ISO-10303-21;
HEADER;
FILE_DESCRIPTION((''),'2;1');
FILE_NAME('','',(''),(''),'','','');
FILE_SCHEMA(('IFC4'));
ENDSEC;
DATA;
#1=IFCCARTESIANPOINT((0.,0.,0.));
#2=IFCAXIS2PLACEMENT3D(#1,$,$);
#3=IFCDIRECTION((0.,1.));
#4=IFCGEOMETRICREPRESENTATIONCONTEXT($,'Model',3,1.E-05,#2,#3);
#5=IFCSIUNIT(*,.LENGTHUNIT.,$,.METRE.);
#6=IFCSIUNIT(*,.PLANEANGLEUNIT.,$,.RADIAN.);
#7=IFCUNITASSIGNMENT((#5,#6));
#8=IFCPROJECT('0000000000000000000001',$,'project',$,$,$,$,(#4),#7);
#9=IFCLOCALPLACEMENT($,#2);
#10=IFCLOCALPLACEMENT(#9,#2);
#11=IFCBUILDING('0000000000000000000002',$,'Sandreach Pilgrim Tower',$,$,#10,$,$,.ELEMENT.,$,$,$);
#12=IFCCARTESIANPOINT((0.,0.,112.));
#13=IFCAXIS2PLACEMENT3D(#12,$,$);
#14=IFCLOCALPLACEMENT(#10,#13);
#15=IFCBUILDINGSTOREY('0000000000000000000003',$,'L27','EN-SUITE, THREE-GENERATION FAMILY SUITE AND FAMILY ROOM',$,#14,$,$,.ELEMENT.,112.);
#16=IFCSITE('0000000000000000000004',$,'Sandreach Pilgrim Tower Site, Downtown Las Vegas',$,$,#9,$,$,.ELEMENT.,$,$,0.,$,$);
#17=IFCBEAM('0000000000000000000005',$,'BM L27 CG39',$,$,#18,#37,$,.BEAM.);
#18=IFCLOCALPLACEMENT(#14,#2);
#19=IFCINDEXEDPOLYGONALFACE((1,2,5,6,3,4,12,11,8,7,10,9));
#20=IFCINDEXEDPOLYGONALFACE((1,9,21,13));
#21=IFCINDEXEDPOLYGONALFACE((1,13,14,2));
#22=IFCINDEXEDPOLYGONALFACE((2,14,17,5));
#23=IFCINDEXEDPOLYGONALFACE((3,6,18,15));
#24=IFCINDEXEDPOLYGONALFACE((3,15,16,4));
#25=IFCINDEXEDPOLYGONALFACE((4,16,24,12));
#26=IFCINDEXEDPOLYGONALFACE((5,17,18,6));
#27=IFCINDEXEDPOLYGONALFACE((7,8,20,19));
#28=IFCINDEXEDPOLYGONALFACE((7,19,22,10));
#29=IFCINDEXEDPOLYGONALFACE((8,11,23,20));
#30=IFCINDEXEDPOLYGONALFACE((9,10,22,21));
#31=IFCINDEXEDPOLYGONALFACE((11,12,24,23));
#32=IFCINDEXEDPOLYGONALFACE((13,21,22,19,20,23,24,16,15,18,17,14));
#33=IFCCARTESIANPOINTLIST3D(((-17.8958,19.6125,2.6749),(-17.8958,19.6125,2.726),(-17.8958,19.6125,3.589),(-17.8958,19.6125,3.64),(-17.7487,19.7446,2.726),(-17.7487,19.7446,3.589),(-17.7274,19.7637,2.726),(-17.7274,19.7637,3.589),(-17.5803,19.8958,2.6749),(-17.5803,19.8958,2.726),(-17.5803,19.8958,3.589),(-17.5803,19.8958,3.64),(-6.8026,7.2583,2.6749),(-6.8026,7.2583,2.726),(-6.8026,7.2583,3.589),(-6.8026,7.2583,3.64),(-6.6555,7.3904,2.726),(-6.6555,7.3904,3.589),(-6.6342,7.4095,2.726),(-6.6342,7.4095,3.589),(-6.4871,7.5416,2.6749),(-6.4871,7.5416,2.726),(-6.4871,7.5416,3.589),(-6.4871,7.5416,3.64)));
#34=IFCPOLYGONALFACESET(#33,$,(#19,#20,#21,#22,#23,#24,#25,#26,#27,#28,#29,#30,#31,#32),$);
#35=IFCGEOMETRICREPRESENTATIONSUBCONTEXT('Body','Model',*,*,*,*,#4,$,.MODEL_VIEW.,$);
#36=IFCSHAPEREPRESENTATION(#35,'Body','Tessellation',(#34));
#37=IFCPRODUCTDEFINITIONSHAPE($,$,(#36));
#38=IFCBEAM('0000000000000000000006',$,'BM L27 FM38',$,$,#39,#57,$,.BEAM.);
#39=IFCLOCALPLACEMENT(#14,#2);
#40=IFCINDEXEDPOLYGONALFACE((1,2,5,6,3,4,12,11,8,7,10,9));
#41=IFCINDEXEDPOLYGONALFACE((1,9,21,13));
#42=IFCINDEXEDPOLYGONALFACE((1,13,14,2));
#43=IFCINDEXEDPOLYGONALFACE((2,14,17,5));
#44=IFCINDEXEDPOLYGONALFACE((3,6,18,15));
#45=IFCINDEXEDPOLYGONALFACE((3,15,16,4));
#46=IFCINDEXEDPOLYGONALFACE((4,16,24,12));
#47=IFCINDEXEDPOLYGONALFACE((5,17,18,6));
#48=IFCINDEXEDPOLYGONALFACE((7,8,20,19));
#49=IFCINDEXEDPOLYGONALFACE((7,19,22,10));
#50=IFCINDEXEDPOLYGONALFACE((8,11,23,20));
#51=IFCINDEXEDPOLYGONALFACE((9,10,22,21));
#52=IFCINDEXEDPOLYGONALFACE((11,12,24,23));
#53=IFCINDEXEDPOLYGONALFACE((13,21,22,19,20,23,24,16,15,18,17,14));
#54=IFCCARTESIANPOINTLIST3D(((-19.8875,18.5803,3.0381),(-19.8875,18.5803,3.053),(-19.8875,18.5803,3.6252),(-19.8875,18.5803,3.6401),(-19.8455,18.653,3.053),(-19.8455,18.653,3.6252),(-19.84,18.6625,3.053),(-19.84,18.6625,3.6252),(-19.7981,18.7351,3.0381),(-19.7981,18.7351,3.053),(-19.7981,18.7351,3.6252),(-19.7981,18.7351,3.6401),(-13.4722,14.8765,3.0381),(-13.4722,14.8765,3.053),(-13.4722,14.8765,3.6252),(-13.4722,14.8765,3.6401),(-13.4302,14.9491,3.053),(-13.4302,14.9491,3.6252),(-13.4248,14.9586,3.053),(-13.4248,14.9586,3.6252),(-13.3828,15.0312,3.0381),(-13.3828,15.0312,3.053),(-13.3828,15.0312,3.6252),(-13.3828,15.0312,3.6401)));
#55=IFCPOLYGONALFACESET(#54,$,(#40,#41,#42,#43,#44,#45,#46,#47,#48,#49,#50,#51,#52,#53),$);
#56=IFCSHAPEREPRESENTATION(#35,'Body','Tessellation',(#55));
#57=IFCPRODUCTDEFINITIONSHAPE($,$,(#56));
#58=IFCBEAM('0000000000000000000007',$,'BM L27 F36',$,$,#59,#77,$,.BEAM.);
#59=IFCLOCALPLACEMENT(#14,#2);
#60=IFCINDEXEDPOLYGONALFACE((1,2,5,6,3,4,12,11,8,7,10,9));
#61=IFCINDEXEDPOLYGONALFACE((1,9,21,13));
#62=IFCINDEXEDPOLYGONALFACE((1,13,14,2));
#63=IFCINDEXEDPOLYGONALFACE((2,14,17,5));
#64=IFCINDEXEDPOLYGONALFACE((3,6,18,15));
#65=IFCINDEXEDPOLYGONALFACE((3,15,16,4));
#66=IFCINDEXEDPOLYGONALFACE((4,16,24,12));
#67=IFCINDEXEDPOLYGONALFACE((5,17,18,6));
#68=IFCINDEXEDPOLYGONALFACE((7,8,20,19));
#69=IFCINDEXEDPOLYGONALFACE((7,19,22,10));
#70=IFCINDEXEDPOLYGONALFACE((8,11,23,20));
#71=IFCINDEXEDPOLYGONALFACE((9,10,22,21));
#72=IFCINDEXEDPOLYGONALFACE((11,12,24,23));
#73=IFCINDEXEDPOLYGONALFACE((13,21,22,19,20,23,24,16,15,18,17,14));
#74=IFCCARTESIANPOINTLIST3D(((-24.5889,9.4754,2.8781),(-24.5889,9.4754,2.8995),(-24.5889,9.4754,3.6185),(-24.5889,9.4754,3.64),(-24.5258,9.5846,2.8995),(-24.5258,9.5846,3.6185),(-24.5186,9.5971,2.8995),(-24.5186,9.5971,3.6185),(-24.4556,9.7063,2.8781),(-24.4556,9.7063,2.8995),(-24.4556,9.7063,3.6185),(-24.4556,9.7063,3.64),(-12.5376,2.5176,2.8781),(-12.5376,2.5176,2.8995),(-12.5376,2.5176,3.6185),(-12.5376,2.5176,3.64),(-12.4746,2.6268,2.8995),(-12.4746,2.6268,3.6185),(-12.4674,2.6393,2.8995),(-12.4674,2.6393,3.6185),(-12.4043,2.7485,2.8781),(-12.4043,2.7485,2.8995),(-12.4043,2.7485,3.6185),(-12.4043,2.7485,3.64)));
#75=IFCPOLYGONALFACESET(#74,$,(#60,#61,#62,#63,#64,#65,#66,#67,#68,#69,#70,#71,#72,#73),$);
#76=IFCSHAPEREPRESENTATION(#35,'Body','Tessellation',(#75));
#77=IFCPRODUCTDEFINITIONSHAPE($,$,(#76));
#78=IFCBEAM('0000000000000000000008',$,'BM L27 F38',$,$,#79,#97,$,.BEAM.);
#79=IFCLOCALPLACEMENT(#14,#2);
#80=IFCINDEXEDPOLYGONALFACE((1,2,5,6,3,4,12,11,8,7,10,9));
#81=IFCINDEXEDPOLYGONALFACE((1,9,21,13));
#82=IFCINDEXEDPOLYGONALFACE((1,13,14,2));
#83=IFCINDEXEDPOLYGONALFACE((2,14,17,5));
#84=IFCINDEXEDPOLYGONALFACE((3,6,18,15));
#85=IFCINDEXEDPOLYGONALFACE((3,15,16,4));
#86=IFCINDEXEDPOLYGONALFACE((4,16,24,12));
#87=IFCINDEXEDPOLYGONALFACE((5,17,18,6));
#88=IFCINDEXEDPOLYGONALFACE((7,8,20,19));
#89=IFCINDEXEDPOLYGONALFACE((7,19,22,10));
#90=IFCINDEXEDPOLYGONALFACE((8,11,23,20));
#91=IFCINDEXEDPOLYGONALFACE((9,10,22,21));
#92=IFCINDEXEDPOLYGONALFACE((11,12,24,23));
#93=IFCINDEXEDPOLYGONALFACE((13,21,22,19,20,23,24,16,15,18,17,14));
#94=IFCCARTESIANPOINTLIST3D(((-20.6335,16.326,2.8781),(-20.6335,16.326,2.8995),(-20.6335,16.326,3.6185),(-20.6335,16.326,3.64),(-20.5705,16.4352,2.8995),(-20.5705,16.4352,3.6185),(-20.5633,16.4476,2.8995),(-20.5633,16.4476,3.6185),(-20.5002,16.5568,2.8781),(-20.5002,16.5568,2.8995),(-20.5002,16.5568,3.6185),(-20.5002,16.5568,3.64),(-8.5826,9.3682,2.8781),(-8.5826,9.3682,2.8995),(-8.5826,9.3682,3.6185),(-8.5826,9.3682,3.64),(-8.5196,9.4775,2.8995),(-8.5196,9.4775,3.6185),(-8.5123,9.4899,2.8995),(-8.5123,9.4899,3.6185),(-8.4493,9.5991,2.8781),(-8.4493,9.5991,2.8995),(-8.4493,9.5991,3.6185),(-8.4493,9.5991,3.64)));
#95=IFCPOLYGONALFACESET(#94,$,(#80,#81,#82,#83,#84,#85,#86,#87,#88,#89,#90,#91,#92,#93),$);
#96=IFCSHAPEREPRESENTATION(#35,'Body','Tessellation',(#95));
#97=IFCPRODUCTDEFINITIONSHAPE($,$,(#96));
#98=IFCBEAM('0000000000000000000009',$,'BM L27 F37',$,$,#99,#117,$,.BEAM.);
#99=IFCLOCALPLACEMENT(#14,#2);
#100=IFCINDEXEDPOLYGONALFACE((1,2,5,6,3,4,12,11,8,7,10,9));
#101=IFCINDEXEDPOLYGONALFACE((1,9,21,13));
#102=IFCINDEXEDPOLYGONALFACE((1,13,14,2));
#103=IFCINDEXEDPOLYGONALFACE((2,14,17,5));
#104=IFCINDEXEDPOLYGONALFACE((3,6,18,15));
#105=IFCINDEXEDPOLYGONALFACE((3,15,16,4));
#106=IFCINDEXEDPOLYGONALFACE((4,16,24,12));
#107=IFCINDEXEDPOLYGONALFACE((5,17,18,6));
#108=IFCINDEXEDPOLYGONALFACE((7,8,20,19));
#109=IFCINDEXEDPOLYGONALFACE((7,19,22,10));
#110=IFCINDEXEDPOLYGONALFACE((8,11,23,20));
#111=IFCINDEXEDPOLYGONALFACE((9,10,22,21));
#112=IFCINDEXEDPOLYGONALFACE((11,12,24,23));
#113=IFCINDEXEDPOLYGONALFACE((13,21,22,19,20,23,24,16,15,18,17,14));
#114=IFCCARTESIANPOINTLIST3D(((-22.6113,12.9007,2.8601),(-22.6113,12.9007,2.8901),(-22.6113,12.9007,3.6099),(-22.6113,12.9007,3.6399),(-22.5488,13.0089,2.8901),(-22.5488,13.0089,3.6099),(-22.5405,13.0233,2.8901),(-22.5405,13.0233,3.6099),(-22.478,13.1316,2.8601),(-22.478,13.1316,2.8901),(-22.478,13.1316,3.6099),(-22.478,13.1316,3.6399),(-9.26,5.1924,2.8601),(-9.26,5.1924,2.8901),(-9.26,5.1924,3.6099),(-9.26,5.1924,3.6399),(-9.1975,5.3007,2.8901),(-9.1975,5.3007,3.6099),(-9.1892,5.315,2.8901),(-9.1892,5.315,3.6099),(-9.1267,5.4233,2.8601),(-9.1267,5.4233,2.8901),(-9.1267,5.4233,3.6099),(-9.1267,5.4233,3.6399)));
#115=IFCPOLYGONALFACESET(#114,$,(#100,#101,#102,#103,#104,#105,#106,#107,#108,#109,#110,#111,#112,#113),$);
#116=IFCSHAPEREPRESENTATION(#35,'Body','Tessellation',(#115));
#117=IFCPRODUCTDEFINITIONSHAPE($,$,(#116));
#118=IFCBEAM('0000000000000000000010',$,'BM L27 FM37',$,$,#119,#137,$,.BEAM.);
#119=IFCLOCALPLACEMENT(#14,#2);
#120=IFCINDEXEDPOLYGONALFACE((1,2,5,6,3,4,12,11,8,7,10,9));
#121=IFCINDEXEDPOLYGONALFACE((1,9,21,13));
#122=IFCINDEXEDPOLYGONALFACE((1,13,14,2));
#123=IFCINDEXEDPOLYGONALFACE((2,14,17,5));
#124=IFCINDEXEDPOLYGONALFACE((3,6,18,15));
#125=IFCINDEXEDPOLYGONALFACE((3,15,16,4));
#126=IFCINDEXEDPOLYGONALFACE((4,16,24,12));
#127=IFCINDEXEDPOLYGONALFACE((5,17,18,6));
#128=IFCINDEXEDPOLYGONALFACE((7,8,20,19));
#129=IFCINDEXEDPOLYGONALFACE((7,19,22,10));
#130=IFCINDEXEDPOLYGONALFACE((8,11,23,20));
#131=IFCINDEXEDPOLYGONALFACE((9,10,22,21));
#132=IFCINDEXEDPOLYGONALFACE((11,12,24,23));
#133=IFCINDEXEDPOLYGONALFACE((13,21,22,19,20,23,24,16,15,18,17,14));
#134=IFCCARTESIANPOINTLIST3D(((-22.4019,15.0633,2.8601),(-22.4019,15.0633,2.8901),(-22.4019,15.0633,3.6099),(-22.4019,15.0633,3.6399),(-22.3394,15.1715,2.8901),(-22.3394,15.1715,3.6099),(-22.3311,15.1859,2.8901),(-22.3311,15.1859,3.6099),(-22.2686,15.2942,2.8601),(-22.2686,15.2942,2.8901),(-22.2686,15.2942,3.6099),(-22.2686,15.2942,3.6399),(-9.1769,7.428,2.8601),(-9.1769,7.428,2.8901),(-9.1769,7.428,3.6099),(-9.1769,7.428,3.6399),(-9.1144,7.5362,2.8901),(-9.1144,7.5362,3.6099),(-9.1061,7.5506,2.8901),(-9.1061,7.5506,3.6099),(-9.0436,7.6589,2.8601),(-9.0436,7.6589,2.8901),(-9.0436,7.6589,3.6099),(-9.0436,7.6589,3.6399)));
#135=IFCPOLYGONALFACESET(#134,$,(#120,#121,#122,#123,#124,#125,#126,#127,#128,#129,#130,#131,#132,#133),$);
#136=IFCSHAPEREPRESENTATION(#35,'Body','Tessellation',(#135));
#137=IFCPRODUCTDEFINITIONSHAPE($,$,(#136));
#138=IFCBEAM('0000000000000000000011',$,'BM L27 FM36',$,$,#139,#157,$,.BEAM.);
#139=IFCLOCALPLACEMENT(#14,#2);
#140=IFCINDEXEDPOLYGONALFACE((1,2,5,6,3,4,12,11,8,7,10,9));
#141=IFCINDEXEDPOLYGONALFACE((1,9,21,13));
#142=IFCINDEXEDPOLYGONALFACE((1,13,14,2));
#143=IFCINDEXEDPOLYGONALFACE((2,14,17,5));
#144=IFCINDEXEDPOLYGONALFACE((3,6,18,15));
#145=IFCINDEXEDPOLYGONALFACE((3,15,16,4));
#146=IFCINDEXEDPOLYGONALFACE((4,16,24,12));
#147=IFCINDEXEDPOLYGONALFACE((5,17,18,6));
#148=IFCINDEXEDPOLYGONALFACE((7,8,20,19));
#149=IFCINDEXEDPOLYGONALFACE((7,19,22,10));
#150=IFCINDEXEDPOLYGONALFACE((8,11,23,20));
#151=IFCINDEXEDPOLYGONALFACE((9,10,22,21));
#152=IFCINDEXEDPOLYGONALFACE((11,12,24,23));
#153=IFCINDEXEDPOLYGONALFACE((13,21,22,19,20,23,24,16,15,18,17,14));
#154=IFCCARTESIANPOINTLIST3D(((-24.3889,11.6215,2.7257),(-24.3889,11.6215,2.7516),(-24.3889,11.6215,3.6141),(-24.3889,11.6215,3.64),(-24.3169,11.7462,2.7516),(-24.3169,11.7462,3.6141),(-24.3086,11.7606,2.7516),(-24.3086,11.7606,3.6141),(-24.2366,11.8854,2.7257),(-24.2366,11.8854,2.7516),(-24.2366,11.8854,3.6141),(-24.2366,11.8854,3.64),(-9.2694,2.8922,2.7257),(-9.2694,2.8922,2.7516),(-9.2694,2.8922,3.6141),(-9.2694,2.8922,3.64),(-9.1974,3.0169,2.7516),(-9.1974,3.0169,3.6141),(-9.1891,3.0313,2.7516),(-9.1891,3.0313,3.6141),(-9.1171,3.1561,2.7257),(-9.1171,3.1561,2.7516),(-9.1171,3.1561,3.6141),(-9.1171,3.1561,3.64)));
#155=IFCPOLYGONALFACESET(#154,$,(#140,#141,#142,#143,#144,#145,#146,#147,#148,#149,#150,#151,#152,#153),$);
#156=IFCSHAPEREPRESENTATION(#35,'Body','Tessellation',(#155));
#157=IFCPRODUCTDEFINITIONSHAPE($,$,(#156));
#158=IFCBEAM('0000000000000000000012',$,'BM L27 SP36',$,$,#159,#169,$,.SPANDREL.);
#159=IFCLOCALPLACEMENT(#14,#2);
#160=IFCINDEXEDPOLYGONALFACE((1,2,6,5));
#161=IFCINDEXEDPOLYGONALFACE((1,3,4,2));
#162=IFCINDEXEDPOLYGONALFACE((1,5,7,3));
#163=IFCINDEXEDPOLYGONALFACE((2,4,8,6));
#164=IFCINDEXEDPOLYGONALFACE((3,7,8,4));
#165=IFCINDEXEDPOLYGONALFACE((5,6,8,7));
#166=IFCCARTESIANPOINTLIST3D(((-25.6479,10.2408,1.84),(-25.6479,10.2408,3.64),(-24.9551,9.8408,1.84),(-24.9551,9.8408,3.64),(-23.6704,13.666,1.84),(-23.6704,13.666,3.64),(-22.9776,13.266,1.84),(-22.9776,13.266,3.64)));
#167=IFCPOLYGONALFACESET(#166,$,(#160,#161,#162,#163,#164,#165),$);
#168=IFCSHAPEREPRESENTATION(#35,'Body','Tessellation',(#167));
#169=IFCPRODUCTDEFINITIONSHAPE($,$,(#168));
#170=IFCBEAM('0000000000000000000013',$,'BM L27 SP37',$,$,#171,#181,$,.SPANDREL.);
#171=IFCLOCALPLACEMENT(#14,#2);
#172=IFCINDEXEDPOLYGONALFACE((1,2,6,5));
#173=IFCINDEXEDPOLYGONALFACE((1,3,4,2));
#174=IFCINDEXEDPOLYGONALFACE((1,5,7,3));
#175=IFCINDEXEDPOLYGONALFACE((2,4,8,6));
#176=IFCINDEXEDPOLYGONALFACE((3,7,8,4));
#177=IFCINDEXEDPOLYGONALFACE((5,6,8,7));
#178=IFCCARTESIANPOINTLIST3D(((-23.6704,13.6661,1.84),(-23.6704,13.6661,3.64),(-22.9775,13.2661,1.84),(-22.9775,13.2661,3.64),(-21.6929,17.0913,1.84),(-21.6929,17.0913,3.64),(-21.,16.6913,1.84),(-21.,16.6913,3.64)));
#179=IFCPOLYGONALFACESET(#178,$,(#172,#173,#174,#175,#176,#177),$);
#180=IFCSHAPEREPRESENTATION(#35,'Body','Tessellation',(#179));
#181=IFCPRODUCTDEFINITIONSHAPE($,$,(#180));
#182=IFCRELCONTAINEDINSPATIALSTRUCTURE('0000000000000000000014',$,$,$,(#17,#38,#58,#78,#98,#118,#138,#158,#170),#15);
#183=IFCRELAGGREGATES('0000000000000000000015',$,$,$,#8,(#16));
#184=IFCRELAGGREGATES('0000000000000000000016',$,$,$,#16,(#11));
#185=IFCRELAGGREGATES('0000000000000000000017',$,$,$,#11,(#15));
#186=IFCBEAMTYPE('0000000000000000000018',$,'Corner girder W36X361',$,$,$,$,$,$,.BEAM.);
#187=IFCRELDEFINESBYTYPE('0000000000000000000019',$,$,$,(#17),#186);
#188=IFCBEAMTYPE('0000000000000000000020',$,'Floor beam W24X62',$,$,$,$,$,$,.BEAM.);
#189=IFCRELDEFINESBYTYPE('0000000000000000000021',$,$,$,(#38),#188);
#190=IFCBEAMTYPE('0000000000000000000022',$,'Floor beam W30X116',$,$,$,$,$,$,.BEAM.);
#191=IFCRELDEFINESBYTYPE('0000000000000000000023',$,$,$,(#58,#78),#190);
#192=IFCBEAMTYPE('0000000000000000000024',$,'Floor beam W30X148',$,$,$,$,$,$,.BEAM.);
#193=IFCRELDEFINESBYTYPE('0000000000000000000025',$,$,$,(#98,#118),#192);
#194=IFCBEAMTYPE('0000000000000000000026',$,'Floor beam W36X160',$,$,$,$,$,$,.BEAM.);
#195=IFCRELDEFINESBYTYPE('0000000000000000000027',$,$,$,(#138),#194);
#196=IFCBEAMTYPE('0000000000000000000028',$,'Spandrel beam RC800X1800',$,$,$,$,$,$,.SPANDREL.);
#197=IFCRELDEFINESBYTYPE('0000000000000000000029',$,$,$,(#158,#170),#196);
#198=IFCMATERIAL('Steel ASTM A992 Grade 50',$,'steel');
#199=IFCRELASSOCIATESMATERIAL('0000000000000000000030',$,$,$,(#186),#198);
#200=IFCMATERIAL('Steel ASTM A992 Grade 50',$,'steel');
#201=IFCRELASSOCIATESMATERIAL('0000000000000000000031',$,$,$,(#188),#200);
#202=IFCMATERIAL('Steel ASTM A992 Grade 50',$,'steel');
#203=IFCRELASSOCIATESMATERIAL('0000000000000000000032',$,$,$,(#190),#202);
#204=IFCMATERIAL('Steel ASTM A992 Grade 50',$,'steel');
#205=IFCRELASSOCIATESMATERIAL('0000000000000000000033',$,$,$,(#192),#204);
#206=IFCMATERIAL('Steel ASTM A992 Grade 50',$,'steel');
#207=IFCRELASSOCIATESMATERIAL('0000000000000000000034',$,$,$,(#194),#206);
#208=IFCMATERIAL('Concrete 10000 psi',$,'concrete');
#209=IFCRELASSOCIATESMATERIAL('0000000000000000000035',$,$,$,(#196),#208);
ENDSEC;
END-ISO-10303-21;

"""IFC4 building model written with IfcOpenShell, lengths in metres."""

from ifc_helpers import new_model, si_unit, direction, frame, origin, origin_2d, place, context, subcontext, project, spatial, rectangle, i_section, extrude, material, material_profile, profile_set, type_object, element, save


model = new_model("IFC4")

# Units and contexts
model_context = context("Model", 3, precision=1e-05, world=origin(), true_north=direction((0.0, 1.0)))
body_context = subcontext(model_context, "Body", "Model", "MODEL_VIEW")
ifc_project = project(units=[si_unit("LENGTHUNIT", "METRE"), si_unit("PLANEANGLEUNIT", "RADIAN")], contexts=[model_context])

# Site, building, storey
site_placement = place(None, origin())
site = spatial("IfcSite", under=ifc_project, at=site_placement, Name="Sandreach Pilgrim Tower Site, Downtown Las Vegas", CompositionType="ELEMENT", RefElevation=0.0)
building_placement = place(site_placement, origin())
building = spatial("IfcBuilding", under=site, at=building_placement, Name="Sandreach Pilgrim Tower", CompositionType="ELEMENT")
storey_placement = place(building_placement, frame((0.0, 0.0, 112.0)))
storey = spatial("IfcBuildingStorey", under=building, at=storey_placement, Name="L27", Description="EN-SUITE, THREE-GENERATION FAMILY SUITE AND FAMILY ROOM", CompositionType="ELEMENT", Elevation=112.0)

# Beams
ifc_material_1 = material(Name="Steel ASTM A992 Grade 50", Category="steel")
ifc_material_profile_1 = material_profile(ifc_material_1, i_section(OverallWidth=0.4241, OverallDepth=0.9651, WebThickness=0.0286, FlangeThickness=0.051, at=origin_2d()), Name="W36X361")
ifc_profile_set_1 = profile_set([ifc_material_profile_1], Name="Steel ASTM A992 Grade 50")
beam_type_1 = type_object("IfcBeamType", Name="Corner girder W36X361", PredefinedType="BEAM", material=ifc_profile_set_1)
beam_1_placement = place(storey_placement, frame((-17.738, 19.7542, 3.1575), z_axis=(0.668114, -0.744059, 0.0), x_axis=(0.744059, 0.668114, 0.0)))
element("IfcBeam", 1, at=beam_1_placement, inside=storey, type_object=beam_type_1, Name="BM L27 CG39", PredefinedType="BEAM", context=body_context, shape_type="SweptSolid", body=[
    extrude(i_section(OverallWidth=0.4241, OverallDepth=0.9651, WebThickness=0.0286, FlangeThickness=0.051, at=origin_2d()), origin(), (0.0, 0.0, 1.0), 16.6038),
])
ifc_material_2 = material(Name="Steel ASTM A992 Grade 50", Category="steel")
ifc_material_profile_2 = material_profile(ifc_material_2, i_section(OverallWidth=0.1787, OverallDepth=0.6021, WebThickness=0.011, FlangeThickness=0.0149, at=origin_2d()), Name="W24X62")
ifc_profile_set_2 = profile_set([ifc_material_profile_2], Name="Steel ASTM A992 Grade 50")
beam_type_2 = type_object("IfcBeamType", Name="Floor beam W24X62", PredefinedType="BEAM", material=ifc_profile_set_2)
beam_2_placement = place(storey_placement, frame((-19.8428, 18.6577, 3.3391), z_axis=(0.866026, -0.499999, 0.0), x_axis=(0.499999, 0.866026, 0.0)))
element("IfcBeam", 2, at=beam_2_placement, inside=storey, type_object=beam_type_2, Name="BM L27 FM38", PredefinedType="BEAM", context=body_context, shape_type="SweptSolid", body=[
    extrude(i_section(OverallWidth=0.1787, OverallDepth=0.6021, WebThickness=0.011, FlangeThickness=0.0149, at=origin_2d()), origin(), (0.0, 0.0, 1.0), 7.4077),
])
ifc_material_3 = material(Name="Steel ASTM A992 Grade 50", Category="steel")
ifc_material_profile_3 = material_profile(ifc_material_3, i_section(OverallWidth=0.2666, OverallDepth=0.762, WebThickness=0.0144, FlangeThickness=0.0215, at=origin_2d()), Name="W30X116")
ifc_profile_set_3 = profile_set([ifc_material_profile_3], Name="Steel ASTM A992 Grade 50")
beam_type_3 = type_object("IfcBeamType", Name="Floor beam W30X116", PredefinedType="BEAM", material=ifc_profile_set_3)
beam_3_placement = place(storey_placement, frame((-24.5222, 9.5908, 3.259), z_axis=(0.866027, -0.499998, 0.0), x_axis=(0.499998, 0.866027, 0.0)))
element("IfcBeam", 3, at=beam_3_placement, inside=storey, type_object=beam_type_3, Name="BM L27 F36", PredefinedType="BEAM", context=body_context, shape_type="SweptSolid", body=[
    extrude(i_section(OverallWidth=0.2666, OverallDepth=0.762, WebThickness=0.0144, FlangeThickness=0.0215, at=origin_2d()), origin(), (0.0, 0.0, 1.0), 13.9155),
])
beam_4_placement = place(storey_placement, frame((-20.5669, 16.4414, 3.259), z_axis=(0.866022, -0.500005, 0.0), x_axis=(0.500005, 0.866022, 0.0)))
element("IfcBeam", 4, at=beam_4_placement, inside=storey, type_object=beam_type_3, Name="BM L27 F38", PredefinedType="BEAM", context=body_context, shape_type="SweptSolid", body=[
    extrude(i_section(OverallWidth=0.2666, OverallDepth=0.762, WebThickness=0.0144, FlangeThickness=0.0215, at=origin_2d()), origin(), (0.0, 0.0, 1.0), 13.9153),
])
ifc_material_4 = material(Name="Steel ASTM A992 Grade 50", Category="steel")
ifc_material_profile_4 = material_profile(ifc_material_4, i_section(OverallWidth=0.2666, OverallDepth=0.7798, WebThickness=0.0166, FlangeThickness=0.03, at=origin_2d()), Name="W30X148")
ifc_profile_set_4 = profile_set([ifc_material_profile_4], Name="Steel ASTM A992 Grade 50")
beam_type_4 = type_object("IfcBeamType", Name="Floor beam W30X148", PredefinedType="BEAM", material=ifc_profile_set_4)
beam_5_placement = place(storey_placement, frame((-22.5447, 13.0161, 3.25), z_axis=(0.866029, -0.499993, 0.0), x_axis=(0.499993, 0.866029, 0.0)))
element("IfcBeam", 5, at=beam_5_placement, inside=storey, type_object=beam_type_4, Name="BM L27 F37", PredefinedType="BEAM", context=body_context, shape_type="SweptSolid", body=[
    extrude(i_section(OverallWidth=0.2666, OverallDepth=0.7798, WebThickness=0.0166, FlangeThickness=0.03, at=origin_2d()), origin(), (0.0, 0.0, 1.0), 15.4167),
])
beam_6_placement = place(storey_placement, frame((-22.3352, 15.1787, 3.25), z_axis=(0.866029, -0.499994, 0.0), x_axis=(0.499994, 0.866029, 0.0)))
element("IfcBeam", 6, at=beam_6_placement, inside=storey, type_object=beam_type_4, Name="BM L27 FM37", PredefinedType="BEAM", context=body_context, shape_type="SweptSolid", body=[
    extrude(i_section(OverallWidth=0.2666, OverallDepth=0.7798, WebThickness=0.0166, FlangeThickness=0.03, at=origin_2d()), origin(), (0.0, 0.0, 1.0), 15.2708),
])
ifc_material_5 = material(Name="Steel ASTM A992 Grade 50", Category="steel")
ifc_material_profile_5 = material_profile(ifc_material_5, i_section(OverallWidth=0.3047, OverallDepth=0.9143, WebThickness=0.0166, FlangeThickness=0.0259, at=origin_2d()), Name="W36X160")
ifc_profile_set_5 = profile_set([ifc_material_profile_5], Name="Steel ASTM A992 Grade 50")
beam_type_5 = type_object("IfcBeamType", Name="Floor beam W36X160", PredefinedType="BEAM", material=ifc_profile_set_5)
beam_7_placement = place(storey_placement, frame((-24.3127, 11.7534, 3.1829), z_axis=(0.866024, -0.500003, 0.0), x_axis=(0.500003, 0.866024, 0.0)))
element("IfcBeam", 7, at=beam_7_placement, inside=storey, type_object=beam_type_5, Name="BM L27 FM36", PredefinedType="BEAM", context=body_context, shape_type="SweptSolid", body=[
    extrude(i_section(OverallWidth=0.3047, OverallDepth=0.9143, WebThickness=0.0166, FlangeThickness=0.0259, at=origin_2d()), origin(), (0.0, 0.0, 1.0), 17.4585),
])
ifc_material_6 = material(Name="Concrete 10000 psi", Category="concrete")
ifc_material_profile_6 = material_profile(ifc_material_6, rectangle(XDim=0.8, YDim=1.8, at=origin_2d()), Name="RC800X1800")
ifc_profile_set_6 = profile_set([ifc_material_profile_6], Name="Concrete 10000 psi")
beam_type_6 = type_object("IfcBeamType", Name="Spandrel beam RC800X1800", PredefinedType="SPANDREL", material=ifc_profile_set_6)
for number, where, z_axis, x_axis, name in (
    (8, (-25.3015, 10.0408, 2.74), (0.49999, 0.866031, 0.0), (-0.866031, 0.49999, 0.0), "BM L27 SP36"),
    (9, (-23.324, 13.4661, 2.74), (0.49999, 0.866031, 0.0), (-0.866031, 0.49999, 0.0), "BM L27 SP37"),
):
    element("IfcBeam", number, at=place(storey_placement, frame(where, z_axis=z_axis, x_axis=x_axis)), inside=storey, type_object=beam_type_6, Name=name, PredefinedType="SPANDREL", context=body_context, shape_type="SweptSolid", body=[
        extrude(rectangle(XDim=0.8, YDim=1.8, at=origin_2d()), origin(), (0.0, 0.0, 1.0), 3.9551),
    ])

save(model, "model.ifc")
